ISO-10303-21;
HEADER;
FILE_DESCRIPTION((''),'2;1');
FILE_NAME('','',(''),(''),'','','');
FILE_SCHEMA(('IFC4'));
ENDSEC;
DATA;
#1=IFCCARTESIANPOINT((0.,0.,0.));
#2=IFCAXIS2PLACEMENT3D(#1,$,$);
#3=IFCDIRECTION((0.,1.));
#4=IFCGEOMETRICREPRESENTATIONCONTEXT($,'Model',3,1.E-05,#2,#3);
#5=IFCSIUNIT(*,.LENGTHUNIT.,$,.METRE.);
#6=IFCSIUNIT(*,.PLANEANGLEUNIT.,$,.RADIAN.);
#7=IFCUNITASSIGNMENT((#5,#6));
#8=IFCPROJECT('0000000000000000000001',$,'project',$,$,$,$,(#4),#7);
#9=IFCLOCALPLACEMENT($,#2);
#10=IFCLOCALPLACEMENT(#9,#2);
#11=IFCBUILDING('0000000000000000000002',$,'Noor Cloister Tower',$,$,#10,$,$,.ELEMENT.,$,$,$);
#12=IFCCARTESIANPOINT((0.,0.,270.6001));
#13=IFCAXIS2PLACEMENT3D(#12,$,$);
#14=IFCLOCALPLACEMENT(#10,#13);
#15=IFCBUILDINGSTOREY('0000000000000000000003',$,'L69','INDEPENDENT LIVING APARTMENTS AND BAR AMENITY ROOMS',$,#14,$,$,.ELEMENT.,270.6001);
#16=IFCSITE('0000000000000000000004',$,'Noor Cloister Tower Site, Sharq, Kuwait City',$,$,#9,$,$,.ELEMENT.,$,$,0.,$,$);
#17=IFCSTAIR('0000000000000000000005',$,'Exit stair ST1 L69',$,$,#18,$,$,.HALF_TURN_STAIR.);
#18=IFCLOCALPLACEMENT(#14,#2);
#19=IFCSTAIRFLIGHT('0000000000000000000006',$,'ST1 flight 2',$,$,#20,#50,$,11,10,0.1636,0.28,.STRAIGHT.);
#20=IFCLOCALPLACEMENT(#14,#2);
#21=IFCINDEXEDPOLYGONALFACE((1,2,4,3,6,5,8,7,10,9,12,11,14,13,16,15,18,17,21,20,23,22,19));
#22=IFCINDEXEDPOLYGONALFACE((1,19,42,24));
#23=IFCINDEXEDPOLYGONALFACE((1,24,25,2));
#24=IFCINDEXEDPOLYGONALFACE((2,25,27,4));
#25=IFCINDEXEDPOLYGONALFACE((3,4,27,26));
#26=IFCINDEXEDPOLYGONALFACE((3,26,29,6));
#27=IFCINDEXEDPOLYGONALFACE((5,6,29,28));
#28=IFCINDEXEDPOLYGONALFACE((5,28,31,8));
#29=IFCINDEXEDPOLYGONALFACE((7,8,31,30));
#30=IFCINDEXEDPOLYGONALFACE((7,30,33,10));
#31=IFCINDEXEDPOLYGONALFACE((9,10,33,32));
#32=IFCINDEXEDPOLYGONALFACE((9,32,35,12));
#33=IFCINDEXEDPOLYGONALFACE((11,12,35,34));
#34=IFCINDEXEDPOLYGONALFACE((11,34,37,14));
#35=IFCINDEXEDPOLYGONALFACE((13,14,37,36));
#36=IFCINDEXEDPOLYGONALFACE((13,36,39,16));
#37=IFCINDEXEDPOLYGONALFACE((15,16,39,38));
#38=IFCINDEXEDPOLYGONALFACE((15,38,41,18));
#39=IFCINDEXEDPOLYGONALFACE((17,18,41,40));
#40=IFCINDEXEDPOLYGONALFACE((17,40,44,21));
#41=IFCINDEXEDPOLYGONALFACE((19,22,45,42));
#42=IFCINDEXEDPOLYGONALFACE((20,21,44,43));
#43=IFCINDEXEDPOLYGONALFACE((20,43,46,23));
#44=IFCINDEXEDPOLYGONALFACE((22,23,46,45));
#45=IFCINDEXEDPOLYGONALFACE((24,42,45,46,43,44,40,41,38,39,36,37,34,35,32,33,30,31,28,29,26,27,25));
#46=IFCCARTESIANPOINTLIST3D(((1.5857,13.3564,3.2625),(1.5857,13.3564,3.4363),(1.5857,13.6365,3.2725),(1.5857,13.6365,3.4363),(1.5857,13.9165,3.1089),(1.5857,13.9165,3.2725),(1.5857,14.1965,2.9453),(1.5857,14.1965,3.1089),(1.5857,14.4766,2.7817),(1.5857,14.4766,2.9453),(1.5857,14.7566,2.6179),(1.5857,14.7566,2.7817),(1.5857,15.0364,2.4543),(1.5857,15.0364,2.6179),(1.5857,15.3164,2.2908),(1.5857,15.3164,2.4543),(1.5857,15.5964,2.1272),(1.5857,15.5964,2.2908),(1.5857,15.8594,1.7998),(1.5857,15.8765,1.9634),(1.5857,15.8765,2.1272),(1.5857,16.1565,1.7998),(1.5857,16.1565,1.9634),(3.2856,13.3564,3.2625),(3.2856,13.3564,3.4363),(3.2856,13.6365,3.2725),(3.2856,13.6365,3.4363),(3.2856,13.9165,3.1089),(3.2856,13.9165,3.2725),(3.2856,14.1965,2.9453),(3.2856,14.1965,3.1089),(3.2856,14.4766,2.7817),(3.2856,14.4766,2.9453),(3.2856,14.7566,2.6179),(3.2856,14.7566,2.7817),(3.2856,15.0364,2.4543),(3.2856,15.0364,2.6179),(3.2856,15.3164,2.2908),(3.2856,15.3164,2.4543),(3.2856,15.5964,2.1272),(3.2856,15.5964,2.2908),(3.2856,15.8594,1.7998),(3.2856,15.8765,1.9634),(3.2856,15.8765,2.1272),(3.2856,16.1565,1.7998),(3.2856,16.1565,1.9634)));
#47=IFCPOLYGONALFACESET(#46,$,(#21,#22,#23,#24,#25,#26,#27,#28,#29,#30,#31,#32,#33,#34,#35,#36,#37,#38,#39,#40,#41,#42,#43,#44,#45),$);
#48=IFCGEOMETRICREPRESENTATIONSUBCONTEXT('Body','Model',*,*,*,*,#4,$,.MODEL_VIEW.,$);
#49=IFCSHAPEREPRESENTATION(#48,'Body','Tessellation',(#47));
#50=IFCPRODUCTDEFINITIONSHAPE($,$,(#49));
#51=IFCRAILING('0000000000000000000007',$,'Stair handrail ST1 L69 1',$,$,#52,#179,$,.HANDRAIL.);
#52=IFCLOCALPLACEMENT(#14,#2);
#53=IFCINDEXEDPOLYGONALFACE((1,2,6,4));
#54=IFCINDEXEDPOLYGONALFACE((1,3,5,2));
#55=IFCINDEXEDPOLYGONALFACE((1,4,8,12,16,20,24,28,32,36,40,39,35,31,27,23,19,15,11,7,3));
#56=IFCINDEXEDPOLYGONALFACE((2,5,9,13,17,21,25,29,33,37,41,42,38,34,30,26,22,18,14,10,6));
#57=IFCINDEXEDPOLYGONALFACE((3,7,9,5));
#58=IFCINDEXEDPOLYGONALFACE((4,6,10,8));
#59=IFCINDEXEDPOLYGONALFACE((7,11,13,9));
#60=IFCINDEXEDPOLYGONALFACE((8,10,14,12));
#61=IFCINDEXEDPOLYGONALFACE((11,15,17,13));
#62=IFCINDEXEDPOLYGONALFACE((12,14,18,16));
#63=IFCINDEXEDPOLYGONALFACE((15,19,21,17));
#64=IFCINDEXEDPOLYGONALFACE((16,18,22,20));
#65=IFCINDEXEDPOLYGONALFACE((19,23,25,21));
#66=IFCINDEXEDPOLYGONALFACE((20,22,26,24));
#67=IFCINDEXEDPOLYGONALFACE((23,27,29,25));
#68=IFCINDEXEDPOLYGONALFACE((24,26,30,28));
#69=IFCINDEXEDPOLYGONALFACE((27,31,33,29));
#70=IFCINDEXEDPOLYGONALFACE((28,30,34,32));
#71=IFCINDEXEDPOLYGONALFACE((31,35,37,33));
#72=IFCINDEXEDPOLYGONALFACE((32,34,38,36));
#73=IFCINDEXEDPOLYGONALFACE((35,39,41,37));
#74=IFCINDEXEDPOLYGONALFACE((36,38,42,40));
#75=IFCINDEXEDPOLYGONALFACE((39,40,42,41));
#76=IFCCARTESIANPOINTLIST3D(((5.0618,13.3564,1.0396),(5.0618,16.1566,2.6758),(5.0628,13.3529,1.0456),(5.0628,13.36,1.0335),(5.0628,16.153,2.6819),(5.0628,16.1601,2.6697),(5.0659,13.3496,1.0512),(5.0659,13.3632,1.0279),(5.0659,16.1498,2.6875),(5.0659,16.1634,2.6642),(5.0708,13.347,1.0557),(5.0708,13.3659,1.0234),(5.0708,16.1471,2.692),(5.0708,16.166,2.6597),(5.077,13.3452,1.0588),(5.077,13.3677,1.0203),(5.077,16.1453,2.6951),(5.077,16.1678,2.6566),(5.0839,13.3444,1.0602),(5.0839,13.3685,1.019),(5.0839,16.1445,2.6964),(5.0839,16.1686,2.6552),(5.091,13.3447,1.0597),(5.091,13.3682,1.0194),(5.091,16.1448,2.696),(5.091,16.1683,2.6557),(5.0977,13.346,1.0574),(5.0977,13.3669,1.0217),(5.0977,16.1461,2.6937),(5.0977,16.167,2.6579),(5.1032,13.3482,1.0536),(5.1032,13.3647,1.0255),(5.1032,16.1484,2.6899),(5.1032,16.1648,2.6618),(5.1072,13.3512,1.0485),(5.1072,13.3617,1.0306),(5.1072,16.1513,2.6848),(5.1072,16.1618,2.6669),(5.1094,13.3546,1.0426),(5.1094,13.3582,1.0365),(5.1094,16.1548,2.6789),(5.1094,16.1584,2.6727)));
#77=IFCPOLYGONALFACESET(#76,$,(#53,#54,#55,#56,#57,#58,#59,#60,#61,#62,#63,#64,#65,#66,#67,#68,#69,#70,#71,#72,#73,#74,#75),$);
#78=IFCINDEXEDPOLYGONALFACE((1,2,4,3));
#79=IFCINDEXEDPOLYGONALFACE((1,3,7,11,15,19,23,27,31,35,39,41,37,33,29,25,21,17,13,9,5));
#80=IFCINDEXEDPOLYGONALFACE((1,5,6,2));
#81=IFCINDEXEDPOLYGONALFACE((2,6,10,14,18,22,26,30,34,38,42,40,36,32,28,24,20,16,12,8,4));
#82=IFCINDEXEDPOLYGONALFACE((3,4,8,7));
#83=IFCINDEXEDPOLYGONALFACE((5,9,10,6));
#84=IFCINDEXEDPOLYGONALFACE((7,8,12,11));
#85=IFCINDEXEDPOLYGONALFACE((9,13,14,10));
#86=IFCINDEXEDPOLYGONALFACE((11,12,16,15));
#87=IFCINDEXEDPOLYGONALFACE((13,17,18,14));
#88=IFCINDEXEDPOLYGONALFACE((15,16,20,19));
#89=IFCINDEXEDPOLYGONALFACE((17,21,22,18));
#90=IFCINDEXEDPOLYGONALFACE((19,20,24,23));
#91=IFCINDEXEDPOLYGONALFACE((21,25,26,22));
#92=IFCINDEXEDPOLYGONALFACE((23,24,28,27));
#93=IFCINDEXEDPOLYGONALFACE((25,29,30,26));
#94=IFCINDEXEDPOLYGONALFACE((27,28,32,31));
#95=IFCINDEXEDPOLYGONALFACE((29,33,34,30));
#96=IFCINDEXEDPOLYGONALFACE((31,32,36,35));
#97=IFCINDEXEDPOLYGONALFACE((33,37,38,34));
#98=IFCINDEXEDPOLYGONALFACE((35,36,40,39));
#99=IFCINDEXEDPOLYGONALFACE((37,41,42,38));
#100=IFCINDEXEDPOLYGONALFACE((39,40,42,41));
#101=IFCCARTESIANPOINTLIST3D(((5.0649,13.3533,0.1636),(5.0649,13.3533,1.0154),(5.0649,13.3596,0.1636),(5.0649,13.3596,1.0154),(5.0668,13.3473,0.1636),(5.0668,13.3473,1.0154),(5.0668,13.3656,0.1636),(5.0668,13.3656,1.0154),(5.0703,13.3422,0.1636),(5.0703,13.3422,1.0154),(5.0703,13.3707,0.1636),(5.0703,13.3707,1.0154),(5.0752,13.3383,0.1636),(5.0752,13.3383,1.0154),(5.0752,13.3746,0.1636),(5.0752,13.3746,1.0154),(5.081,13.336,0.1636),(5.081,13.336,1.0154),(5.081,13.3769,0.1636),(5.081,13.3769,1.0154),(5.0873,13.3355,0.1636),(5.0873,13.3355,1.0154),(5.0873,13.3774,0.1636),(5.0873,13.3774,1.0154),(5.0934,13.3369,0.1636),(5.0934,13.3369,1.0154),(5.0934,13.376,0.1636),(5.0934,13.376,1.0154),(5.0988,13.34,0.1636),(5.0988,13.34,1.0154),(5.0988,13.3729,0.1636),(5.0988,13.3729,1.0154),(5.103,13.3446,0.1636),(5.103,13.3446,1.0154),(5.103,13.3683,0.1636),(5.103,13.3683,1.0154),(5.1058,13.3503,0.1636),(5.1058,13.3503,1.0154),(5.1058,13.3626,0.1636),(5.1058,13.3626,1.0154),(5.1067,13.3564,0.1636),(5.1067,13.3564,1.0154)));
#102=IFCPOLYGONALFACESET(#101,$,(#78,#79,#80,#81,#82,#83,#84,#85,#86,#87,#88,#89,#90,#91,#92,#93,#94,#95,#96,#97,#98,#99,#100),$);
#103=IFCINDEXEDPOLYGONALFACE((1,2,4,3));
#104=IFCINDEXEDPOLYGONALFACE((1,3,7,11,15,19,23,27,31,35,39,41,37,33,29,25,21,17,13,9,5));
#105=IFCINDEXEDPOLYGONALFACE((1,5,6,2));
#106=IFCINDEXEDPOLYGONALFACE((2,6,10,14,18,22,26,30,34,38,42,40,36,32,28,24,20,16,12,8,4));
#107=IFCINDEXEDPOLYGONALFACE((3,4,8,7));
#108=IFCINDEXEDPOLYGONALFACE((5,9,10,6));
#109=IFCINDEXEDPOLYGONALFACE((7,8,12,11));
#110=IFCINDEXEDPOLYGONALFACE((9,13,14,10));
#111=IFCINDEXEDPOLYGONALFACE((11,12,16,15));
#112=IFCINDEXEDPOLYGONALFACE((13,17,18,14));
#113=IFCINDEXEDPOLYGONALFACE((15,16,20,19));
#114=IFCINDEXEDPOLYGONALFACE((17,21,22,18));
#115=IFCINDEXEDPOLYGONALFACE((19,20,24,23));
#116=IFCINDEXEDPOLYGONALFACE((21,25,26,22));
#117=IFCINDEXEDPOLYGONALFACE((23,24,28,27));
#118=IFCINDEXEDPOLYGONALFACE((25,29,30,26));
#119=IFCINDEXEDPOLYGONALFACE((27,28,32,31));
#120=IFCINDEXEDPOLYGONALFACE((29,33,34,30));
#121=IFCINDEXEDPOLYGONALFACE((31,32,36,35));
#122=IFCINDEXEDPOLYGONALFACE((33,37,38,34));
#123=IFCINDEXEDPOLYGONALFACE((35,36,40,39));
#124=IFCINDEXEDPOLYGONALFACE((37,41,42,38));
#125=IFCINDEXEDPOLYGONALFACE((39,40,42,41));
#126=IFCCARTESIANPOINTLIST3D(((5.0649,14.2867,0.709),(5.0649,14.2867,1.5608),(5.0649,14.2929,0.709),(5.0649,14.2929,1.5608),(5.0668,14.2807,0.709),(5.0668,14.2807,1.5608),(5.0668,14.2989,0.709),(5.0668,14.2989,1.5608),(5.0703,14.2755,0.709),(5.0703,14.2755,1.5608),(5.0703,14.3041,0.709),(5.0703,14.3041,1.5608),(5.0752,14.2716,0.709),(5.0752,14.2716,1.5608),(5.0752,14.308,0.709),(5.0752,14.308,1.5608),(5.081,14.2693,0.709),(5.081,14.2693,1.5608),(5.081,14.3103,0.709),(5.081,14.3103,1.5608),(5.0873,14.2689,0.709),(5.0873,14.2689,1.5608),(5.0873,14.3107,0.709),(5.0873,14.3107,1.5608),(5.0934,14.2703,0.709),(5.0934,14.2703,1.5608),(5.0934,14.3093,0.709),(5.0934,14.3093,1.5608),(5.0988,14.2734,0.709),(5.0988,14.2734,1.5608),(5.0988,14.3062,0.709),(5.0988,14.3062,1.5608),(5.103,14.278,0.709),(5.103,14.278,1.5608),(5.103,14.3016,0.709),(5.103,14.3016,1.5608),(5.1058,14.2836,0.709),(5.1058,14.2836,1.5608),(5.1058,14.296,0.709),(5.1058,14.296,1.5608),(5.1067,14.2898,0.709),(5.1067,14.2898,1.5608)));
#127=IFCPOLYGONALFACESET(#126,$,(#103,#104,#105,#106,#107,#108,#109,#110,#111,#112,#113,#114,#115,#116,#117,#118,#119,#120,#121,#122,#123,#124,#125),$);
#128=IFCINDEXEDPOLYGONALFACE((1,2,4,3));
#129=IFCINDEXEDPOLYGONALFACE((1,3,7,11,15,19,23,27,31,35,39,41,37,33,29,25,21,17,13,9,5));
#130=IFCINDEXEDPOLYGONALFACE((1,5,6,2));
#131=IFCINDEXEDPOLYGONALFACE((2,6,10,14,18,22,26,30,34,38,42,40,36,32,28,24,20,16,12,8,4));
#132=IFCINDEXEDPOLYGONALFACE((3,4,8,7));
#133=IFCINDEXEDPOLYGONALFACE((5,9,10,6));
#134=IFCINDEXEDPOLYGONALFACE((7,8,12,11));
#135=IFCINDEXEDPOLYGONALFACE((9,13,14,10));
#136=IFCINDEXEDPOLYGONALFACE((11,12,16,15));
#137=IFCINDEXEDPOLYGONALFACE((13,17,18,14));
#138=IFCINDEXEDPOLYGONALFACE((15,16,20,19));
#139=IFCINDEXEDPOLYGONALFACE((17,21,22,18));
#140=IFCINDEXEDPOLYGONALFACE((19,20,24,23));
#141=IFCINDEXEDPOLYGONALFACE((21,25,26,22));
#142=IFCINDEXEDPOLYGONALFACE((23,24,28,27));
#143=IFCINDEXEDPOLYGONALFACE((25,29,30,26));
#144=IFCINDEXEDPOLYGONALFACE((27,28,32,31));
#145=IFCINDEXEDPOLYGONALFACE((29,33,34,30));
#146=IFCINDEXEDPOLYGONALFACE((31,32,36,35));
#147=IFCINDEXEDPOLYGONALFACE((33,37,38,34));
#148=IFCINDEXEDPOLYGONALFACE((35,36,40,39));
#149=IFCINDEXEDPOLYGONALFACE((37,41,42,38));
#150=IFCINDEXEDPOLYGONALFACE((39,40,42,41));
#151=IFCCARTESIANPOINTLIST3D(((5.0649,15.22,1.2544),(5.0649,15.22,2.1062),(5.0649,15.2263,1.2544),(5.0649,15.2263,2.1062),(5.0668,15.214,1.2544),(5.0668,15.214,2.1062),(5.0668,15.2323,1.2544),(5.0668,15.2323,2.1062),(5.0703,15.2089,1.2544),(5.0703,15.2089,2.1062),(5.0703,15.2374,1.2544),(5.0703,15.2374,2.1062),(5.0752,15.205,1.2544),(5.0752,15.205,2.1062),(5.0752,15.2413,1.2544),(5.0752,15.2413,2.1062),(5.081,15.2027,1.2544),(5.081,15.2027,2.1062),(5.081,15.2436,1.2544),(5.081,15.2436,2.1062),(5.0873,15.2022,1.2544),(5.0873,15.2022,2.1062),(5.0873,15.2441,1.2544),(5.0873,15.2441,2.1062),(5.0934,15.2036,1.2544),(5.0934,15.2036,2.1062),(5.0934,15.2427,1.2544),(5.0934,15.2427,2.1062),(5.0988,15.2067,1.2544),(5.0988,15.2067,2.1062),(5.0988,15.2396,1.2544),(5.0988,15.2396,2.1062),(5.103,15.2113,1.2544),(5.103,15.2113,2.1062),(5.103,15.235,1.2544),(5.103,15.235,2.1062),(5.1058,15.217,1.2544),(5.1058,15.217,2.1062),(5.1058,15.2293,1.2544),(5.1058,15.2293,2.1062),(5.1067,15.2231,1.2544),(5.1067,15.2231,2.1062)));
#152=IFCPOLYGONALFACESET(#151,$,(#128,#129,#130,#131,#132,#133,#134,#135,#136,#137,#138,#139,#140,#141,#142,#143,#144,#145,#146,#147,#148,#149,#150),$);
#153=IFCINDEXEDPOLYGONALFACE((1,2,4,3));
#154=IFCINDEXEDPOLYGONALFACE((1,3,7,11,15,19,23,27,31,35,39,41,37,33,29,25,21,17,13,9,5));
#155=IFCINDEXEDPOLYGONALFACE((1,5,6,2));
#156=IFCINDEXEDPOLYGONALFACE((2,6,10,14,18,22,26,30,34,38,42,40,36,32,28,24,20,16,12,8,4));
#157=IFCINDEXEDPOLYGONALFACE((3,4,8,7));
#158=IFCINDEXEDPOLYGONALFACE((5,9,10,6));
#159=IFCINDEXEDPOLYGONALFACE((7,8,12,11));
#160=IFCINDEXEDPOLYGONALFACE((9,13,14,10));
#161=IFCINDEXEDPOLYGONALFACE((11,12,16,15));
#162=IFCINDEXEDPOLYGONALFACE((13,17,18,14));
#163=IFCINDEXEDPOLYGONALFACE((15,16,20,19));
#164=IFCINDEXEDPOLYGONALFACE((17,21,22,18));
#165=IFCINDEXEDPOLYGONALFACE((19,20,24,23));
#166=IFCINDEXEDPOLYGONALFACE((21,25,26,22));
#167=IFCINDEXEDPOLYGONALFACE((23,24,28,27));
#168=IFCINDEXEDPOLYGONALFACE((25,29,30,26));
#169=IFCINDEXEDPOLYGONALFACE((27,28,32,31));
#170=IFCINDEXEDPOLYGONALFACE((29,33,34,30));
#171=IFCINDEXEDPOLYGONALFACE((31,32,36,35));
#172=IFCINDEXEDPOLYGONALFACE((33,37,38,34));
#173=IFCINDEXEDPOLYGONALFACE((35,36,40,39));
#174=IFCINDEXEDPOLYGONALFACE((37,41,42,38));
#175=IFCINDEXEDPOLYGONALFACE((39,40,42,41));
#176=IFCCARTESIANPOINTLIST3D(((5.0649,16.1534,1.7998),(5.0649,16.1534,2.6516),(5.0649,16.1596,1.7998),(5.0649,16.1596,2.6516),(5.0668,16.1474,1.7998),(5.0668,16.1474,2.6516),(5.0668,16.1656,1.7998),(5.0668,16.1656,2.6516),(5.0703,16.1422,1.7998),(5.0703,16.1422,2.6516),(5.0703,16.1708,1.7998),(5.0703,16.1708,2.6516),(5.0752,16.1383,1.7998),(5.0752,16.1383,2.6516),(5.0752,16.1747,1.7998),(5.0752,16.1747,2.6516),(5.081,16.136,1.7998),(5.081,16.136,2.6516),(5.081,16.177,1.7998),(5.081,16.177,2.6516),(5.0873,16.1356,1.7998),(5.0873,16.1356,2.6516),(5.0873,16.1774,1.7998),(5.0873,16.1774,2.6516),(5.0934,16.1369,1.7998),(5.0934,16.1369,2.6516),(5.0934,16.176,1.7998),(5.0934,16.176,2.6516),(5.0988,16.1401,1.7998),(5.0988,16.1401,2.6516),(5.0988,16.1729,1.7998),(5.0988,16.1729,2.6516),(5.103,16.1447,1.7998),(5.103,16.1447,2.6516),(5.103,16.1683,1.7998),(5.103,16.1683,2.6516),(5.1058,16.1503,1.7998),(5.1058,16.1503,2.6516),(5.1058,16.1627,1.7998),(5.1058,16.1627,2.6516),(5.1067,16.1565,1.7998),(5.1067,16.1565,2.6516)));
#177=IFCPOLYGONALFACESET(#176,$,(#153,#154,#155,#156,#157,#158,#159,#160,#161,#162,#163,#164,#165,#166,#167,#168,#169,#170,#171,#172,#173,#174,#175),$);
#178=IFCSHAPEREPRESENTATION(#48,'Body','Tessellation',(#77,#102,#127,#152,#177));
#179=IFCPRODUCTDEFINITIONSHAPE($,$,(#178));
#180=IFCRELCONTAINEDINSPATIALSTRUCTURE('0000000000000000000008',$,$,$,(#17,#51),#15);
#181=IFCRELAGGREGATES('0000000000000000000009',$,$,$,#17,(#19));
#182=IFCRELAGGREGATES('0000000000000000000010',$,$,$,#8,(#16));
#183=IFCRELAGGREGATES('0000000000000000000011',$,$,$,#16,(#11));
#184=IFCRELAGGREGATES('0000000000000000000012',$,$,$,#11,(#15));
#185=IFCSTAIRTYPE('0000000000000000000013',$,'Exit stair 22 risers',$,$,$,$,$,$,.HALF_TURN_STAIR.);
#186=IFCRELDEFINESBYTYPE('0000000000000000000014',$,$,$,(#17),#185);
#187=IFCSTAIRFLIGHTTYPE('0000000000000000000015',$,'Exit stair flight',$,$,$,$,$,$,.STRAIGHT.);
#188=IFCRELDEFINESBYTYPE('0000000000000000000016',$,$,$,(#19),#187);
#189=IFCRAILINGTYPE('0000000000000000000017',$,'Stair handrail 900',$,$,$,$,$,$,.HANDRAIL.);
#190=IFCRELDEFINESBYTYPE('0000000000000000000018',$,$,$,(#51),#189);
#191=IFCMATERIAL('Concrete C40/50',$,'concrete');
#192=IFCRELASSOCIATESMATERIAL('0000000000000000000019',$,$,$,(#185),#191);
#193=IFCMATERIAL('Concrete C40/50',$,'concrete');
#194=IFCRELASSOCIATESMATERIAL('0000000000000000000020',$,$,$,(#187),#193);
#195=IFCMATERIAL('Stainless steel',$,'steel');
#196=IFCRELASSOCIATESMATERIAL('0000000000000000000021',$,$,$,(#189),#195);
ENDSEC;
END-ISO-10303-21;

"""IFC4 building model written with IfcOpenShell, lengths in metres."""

from ifc_helpers import new_model, si_unit, direction, frame, origin, origin_2d, place, context, subcontext, project, spatial, polyline, circle, outline, extrude, material, type_object, element, aggregate, save


model = new_model("IFC4")

# Units and contexts
model_context = context("Model", 3, precision=1e-05, world=origin(), true_north=direction((0.0, 1.0)))
body_context = subcontext(model_context, "Body", "Model", "MODEL_VIEW")
ifc_project = project(units=[si_unit("LENGTHUNIT", "METRE"), si_unit("PLANEANGLEUNIT", "RADIAN")], contexts=[model_context])

# Site, building, storey
site_placement = place(None, origin())
site = spatial("IfcSite", under=ifc_project, at=site_placement, Name="Noor Cloister Tower Site, Sharq, Kuwait City", CompositionType="ELEMENT", RefElevation=0.0)
building_placement = place(site_placement, origin())
building = spatial("IfcBuilding", under=site, at=building_placement, Name="Noor Cloister Tower", CompositionType="ELEMENT")
storey_placement = place(building_placement, frame((0.0, 0.0, 270.6001)))
storey = spatial("IfcBuildingStorey", under=building, at=storey_placement, Name="L69", Description="INDEPENDENT LIVING APARTMENTS AND BAR AMENITY ROOMS", CompositionType="ELEMENT", Elevation=270.6001)

# Stair, stair flight
ifc_material_1 = material(Name="Concrete C40/50", Category="concrete")
stair_type = type_object("IfcStairType", Name="Exit stair 22 risers", PredefinedType="HALF_TURN_STAIR", material=ifc_material_1)
stair_placement = place(storey_placement, origin())
stair = element("IfcStair", 1, at=stair_placement, inside=storey, type_object=stair_type, Name="Exit stair ST1 L69", PredefinedType="HALF_TURN_STAIR")
ifc_material_2 = material(Name="Concrete C40/50", Category="concrete")
stair_flight_type = type_object("IfcStairFlightType", Name="Exit stair flight", PredefinedType="STRAIGHT", material=ifc_material_2)
stair_flight_1_placement = place(storey_placement, frame((2.4355, 16.1565, 1.7998), z_axis=(0.0, 0.0, 1.0), x_axis=(0.0, -1.0, 0.0)))
stair_flight_1 = element("IfcStairFlight", 2, at=stair_flight_1_placement, type_object=stair_flight_type, Name="ST1 flight 2", NumberOfRisers=11, NumberOfTreads=10, PredefinedType="STRAIGHT", RiserHeight=0.1636, TreadLength=0.28, context=body_context, shape_type="SweptSolid", body=[
    extrude(outline(polyline([(0.0, 0.0), (0.0, 0.1636), (0.28, 0.1636), (0.28, 0.3274), (0.5601, 0.3274), (0.5601, 0.491), (0.8401, 0.491), (0.8401, 0.6545), (1.1201, 0.6545), (1.1201, 0.8181), (1.3999, 0.8181), (1.3999, 0.9819), (1.6799, 0.9819), (1.6799, 1.1455), (1.96, 1.1455), (1.96, 1.3091), (2.24, 1.3091), (2.24, 1.4727), (2.52, 1.4727), (2.52, 1.6365), (2.8, 1.6365), (2.8, 1.8), (2.8, 1.4626), (0.2971, 0.0), (0.0, 0.0)])), frame((0.0, 0.8501, 0.0), z_axis=(0.0, -1.0, 0.0), x_axis=(1.0, 0.0, 0.0)), (0.0, 0.0, 1.0), 1.7),
])
aggregate(stair, [stair_flight_1])

# Railing
ifc_material_3 = material(Name="Stainless steel", Category="steel")
railing_type_1 = type_object("IfcRailingType", Name="Stair handrail 900", PredefinedType="HANDRAIL", material=ifc_material_3)
railing_1_placement = place(storey_placement, frame((5.0857, 13.3564, 0.1636)))
element("IfcRailing", 3, at=railing_1_placement, inside=storey, type_object=railing_type_1, Name="Stair handrail ST1 L69 1", PredefinedType="HANDRAIL", context=body_context, shape_type="SweptSolid", body=[
    extrude(circle(Radius=0.0239, at=origin_2d()), frame((0.0, 0.0, 0.876), z_axis=(0.0, 0.863394, 0.504531), x_axis=(-1.0, 0.0, 0.0)), (0.0, 0.0, 1.0), 3.2432),
    extrude(circle(Radius=0.021, at=origin_2d()), origin(), (0.0, 0.0, 1.0), 0.8518),
    extrude(circle(Radius=0.021, at=origin_2d()), frame((0.0, 0.9333, 0.5454)), (0.0, 0.0, 1.0), 0.8518),
    extrude(circle(Radius=0.021, at=origin_2d()), frame((0.0, 1.8667, 1.0908)), (0.0, 0.0, 1.0), 0.8518),
    extrude(circle(Radius=0.021, at=origin_2d()), frame((0.0, 2.8, 1.6362)), (0.0, 0.0, 1.0), 0.8518),
])

save(model, "model.ifc")
